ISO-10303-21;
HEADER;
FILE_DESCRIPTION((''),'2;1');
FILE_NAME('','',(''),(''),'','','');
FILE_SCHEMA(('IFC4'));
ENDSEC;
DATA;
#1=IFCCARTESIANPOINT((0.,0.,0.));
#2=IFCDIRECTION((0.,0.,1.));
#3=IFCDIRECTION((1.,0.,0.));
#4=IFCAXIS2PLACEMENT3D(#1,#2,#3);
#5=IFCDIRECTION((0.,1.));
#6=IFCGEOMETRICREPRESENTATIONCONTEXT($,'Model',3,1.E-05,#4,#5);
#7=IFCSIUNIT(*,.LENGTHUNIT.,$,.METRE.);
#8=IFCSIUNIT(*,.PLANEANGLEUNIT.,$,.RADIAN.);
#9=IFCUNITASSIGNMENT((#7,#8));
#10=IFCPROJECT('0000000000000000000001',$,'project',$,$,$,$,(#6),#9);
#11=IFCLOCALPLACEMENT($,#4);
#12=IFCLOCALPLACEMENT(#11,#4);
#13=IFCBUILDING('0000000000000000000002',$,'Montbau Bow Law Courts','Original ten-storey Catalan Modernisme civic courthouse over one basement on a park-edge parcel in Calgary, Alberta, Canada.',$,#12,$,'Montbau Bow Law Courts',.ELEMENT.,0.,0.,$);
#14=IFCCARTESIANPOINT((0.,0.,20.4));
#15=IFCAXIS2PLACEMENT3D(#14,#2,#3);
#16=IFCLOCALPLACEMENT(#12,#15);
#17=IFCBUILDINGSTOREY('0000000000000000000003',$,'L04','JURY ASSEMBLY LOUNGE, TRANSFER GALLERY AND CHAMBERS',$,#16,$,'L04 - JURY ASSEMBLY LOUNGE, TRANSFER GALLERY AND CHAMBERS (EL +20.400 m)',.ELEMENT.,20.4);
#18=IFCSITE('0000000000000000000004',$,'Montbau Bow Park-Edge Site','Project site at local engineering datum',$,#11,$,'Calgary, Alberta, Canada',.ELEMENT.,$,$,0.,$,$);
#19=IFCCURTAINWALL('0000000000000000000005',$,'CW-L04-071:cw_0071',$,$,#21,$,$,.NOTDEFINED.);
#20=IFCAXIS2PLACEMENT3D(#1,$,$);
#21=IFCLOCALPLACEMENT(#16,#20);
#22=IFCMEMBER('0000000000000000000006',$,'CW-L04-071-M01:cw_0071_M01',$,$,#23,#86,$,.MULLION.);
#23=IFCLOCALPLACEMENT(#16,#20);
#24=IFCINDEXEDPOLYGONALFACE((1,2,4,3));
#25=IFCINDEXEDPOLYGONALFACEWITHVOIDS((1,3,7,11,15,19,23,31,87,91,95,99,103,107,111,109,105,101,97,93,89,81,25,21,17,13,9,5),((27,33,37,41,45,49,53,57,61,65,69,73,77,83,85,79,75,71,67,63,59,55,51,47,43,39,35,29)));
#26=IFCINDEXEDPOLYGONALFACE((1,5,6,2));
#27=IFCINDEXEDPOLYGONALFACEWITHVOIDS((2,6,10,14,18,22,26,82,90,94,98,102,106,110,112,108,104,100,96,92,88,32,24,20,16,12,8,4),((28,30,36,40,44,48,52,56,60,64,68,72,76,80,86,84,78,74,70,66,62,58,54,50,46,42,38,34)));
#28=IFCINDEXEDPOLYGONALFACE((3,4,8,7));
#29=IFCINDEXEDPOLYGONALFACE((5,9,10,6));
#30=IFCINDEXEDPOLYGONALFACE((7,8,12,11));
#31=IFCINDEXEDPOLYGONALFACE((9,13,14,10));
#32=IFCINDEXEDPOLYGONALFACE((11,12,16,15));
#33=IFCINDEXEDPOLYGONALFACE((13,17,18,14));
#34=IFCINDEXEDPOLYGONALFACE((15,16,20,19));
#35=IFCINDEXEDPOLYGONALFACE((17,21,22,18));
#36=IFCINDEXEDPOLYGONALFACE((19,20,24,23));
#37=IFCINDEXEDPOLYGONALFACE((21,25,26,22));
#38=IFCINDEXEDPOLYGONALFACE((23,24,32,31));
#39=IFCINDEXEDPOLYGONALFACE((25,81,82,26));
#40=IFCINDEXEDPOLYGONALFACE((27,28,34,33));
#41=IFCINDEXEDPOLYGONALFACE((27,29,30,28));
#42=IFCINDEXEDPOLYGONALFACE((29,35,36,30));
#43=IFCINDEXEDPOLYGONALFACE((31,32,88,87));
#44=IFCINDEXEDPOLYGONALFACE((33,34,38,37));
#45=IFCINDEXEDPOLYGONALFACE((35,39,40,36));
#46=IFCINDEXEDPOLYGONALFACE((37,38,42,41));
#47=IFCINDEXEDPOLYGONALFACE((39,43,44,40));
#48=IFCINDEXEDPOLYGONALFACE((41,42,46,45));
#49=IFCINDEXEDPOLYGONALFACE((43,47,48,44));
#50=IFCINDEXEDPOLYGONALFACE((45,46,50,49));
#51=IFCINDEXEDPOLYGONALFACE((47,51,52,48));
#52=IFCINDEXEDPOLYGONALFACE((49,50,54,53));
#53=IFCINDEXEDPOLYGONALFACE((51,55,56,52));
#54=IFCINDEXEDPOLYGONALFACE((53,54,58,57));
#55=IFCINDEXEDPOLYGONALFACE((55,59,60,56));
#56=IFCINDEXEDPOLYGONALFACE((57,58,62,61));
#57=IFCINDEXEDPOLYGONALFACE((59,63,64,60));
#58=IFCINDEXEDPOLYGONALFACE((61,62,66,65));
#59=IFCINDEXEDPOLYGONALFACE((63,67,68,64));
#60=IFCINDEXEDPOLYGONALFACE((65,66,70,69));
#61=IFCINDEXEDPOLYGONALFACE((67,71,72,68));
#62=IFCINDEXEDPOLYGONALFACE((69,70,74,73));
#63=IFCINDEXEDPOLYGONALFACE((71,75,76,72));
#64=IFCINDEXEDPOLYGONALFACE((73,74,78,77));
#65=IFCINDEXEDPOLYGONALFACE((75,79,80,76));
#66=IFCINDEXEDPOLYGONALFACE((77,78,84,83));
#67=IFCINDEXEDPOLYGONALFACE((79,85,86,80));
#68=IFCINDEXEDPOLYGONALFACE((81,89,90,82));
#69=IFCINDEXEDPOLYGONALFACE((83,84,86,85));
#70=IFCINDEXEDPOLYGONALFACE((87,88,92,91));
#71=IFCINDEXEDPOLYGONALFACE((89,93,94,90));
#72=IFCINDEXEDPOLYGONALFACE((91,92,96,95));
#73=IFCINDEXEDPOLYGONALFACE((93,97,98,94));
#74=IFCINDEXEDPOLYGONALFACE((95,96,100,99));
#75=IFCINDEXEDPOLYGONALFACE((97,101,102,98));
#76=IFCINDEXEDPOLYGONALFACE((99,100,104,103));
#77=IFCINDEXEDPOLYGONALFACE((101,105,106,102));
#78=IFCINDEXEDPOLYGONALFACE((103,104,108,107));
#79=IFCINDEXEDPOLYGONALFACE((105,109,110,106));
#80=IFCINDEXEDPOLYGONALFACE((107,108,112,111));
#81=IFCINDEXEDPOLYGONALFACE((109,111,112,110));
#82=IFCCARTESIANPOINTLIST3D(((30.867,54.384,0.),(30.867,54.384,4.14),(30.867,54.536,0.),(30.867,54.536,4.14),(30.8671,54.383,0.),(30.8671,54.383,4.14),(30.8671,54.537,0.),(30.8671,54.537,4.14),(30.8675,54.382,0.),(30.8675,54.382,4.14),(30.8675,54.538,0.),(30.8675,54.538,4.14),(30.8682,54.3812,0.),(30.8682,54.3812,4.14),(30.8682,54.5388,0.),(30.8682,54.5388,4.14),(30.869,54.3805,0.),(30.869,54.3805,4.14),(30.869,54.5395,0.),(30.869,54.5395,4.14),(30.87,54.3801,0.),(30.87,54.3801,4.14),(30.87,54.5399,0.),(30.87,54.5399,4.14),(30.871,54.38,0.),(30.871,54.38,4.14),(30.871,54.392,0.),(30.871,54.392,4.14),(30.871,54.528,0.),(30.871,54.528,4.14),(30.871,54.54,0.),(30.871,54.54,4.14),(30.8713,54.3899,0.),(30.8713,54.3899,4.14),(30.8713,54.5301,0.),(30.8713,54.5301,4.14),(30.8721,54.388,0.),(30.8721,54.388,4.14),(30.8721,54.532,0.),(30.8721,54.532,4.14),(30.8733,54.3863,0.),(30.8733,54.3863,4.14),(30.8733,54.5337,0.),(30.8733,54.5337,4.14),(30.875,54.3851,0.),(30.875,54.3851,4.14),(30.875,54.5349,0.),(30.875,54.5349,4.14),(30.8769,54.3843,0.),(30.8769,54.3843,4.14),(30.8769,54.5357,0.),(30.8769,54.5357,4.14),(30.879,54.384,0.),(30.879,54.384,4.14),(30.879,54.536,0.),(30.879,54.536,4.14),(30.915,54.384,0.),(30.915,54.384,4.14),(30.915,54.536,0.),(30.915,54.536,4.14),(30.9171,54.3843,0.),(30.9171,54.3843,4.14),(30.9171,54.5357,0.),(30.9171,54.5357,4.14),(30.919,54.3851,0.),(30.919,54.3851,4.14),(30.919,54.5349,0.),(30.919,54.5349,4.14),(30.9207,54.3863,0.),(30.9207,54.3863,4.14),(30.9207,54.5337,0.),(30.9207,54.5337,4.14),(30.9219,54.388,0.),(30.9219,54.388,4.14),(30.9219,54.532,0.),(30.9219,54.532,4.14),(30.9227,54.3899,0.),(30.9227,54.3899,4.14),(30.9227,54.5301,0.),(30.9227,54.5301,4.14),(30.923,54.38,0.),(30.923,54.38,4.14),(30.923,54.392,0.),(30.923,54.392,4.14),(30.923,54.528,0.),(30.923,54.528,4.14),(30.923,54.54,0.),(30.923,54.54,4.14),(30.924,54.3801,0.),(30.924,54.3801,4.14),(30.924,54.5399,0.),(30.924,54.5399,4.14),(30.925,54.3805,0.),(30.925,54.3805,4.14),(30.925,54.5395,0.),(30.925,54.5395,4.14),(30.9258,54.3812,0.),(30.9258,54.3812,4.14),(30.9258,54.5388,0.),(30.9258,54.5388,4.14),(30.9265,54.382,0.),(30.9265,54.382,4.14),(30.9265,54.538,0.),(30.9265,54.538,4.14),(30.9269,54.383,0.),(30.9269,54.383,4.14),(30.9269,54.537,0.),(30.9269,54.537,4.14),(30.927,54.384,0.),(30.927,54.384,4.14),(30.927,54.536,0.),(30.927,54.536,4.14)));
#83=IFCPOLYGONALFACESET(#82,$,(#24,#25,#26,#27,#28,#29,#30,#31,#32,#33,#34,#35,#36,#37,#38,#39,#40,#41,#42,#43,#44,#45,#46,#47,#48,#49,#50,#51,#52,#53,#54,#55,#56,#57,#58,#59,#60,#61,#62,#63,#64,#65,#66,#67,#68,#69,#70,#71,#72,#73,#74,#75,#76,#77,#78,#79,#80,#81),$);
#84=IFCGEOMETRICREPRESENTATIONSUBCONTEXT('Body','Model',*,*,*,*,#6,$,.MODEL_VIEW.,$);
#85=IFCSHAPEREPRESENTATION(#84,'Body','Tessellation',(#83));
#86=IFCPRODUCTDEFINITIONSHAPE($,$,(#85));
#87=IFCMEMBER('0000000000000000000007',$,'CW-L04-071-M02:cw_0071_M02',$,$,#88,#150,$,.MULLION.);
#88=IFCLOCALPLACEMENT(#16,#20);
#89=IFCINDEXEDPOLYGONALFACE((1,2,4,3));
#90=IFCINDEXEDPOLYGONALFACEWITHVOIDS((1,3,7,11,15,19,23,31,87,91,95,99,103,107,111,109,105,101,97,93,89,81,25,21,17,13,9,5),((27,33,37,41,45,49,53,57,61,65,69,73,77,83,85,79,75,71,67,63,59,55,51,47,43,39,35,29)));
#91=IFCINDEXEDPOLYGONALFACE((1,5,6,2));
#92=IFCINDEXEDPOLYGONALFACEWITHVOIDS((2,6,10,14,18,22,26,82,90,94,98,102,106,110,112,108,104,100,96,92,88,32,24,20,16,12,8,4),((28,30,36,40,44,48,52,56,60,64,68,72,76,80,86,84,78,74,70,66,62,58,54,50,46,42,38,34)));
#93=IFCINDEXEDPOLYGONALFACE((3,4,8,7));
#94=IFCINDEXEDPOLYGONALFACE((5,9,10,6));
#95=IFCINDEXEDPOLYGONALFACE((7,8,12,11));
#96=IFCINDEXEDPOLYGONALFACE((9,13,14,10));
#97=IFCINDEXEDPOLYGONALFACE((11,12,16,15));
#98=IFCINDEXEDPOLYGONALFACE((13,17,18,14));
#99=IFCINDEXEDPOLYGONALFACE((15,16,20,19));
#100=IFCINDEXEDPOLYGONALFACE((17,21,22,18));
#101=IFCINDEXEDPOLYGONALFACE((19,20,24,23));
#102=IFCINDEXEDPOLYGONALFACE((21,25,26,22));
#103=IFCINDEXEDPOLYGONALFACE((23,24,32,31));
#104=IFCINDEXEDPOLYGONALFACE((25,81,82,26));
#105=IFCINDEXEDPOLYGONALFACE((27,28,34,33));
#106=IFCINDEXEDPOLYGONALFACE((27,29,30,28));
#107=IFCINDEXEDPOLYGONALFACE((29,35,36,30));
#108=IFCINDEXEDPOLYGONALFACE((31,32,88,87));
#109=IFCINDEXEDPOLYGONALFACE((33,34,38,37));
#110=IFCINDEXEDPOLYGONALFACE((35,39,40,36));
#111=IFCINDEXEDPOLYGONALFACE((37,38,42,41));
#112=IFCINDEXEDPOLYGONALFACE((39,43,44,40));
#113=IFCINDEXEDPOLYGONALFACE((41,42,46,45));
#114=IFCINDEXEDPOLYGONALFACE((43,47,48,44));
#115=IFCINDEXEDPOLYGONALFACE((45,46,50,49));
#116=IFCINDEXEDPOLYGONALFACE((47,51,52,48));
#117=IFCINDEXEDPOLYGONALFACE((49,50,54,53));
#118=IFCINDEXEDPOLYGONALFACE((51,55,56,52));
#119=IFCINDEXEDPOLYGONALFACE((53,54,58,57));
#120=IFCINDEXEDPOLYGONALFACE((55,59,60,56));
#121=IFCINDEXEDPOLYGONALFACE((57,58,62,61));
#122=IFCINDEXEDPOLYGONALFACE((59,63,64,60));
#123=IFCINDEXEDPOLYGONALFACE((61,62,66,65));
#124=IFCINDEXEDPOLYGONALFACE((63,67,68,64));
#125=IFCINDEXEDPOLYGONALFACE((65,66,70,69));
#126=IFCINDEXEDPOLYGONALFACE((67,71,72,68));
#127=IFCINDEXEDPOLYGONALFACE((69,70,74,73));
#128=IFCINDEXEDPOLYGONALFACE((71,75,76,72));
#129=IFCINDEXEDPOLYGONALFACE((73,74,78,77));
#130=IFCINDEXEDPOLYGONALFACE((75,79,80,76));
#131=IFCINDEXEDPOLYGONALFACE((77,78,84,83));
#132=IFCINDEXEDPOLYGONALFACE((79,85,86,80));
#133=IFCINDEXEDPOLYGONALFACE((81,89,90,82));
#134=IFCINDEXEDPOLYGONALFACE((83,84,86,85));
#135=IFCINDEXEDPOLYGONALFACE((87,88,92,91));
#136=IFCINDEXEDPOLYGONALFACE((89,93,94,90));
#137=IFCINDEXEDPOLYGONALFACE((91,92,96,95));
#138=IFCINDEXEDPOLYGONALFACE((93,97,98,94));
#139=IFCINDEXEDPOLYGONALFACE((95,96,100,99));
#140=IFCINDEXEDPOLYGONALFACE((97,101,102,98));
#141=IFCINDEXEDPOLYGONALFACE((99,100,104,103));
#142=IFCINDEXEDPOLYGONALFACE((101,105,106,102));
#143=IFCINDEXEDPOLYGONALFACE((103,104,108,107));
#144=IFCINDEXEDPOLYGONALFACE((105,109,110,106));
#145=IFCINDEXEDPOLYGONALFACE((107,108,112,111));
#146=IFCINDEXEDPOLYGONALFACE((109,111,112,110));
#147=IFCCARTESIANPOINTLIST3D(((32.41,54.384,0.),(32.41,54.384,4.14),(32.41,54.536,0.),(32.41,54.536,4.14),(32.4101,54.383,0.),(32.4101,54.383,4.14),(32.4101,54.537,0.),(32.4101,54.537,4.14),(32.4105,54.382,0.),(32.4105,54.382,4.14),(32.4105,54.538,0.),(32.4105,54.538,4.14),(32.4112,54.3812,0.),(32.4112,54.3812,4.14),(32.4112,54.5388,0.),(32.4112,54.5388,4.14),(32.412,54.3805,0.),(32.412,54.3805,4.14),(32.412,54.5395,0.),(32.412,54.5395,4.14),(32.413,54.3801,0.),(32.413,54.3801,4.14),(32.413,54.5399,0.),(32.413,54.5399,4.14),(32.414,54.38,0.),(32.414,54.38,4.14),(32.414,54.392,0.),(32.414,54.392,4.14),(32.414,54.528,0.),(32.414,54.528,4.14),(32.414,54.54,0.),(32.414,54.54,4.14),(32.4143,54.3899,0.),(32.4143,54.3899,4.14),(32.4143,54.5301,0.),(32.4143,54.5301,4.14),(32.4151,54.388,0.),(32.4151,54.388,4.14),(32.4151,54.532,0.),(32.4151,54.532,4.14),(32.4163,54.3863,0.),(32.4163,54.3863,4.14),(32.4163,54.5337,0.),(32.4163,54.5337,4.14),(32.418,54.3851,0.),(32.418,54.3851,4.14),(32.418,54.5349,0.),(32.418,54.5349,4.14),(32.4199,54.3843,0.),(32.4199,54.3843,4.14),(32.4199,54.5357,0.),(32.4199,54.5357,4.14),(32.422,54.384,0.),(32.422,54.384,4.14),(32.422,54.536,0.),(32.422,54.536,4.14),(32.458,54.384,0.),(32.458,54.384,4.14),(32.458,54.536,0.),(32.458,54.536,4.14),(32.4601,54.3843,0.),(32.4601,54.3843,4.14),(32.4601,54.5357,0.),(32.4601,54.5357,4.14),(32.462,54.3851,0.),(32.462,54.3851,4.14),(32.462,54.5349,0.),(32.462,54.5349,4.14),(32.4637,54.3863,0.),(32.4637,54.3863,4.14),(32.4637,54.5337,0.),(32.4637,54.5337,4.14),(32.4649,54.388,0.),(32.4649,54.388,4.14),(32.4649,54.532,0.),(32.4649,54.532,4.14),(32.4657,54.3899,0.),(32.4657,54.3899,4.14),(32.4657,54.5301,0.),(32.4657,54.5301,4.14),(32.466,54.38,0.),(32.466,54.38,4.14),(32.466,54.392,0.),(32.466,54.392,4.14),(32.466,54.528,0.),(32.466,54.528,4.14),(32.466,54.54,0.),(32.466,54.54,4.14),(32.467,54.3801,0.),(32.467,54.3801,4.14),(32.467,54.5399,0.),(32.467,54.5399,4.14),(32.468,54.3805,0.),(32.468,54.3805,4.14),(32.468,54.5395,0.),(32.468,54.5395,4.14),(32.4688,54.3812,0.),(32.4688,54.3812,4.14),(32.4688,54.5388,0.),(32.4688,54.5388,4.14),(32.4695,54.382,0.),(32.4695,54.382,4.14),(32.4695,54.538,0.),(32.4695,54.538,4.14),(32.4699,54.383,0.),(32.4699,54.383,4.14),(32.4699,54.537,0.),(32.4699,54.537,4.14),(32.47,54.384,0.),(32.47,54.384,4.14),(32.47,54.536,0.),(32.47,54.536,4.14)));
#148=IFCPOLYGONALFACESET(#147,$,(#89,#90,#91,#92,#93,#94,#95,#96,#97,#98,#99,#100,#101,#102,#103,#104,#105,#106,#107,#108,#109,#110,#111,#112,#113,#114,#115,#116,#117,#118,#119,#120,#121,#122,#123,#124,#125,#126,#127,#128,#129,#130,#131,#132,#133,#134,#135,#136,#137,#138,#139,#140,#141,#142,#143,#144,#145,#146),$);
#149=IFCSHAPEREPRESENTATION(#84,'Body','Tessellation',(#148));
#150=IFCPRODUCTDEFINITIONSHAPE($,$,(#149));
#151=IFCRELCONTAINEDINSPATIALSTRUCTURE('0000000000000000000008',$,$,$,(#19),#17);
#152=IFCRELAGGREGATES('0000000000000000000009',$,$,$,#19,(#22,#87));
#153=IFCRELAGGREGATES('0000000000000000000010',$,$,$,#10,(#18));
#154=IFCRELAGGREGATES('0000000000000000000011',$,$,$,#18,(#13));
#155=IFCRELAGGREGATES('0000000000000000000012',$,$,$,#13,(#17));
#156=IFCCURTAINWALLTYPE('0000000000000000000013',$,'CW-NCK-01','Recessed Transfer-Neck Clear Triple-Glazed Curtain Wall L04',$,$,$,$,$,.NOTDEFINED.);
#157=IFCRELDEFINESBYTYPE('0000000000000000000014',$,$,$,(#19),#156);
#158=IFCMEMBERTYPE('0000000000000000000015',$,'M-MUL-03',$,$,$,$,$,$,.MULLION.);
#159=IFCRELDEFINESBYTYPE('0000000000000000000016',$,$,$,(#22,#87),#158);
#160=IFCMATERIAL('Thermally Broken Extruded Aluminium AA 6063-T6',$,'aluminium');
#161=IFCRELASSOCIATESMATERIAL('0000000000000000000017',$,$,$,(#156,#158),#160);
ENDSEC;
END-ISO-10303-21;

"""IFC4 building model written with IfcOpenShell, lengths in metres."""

from ifc_helpers import new_model, si_unit, direction, frame, origin_with_axes, origin_2d_with_axis, place, context, subcontext, project, spatial, hollow_rectangle, extrude, material, material_profile, profile_set, type_object, element, aggregate, save


model = new_model("IFC4")

# Units and contexts
model_context = context("Model", 3, precision=1e-05, world=origin_with_axes(), true_north=direction((0.0, 1.0)))
body_context = subcontext(model_context, "Body", "Model", "MODEL_VIEW")
ifc_project = project(units=[si_unit("LENGTHUNIT", "METRE"), si_unit("PLANEANGLEUNIT", "RADIAN")], contexts=[model_context])

# Site, building, storey
site_placement = place(None, origin_with_axes())
site = spatial("IfcSite", under=ifc_project, at=site_placement, Name="Montbau Bow Park-Edge Site", Description="Project site at local engineering datum", LongName="Calgary, Alberta, Canada", CompositionType="ELEMENT", RefElevation=0.0)
building_placement = place(site_placement, origin_with_axes())
building = spatial("IfcBuilding", under=site, at=building_placement, Name="Montbau Bow Law Courts", Description="Original ten-storey Catalan Modernisme civic courthouse over one basement on a park-edge parcel in Calgary, Alberta, Canada.", LongName="Montbau Bow Law Courts", CompositionType="ELEMENT", ElevationOfRefHeight=0.0, ElevationOfTerrain=0.0)
storey_placement = place(building_placement, frame((0.0, 0.0, 20.4), z_axis=(0.0, 0.0, 1.0), x_axis=(1.0, 0.0, 0.0)))
storey = spatial("IfcBuildingStorey", under=building, at=storey_placement, Name="L04", Description="JURY ASSEMBLY LOUNGE, TRANSFER GALLERY AND CHAMBERS", LongName="L04 - JURY ASSEMBLY LOUNGE, TRANSFER GALLERY AND CHAMBERS (EL +20.400 m)", CompositionType="ELEMENT", Elevation=20.4)

# Curtain wall, members
ifc_material_1 = material(Name="Thermally Broken Extruded Aluminium AA 6063-T6", Category="aluminium")
curtain_wall_type = type_object("IfcCurtainWallType", Name="CW-NCK-01", Description="Recessed Transfer-Neck Clear Triple-Glazed Curtain Wall L04", PredefinedType="NOTDEFINED", material=ifc_material_1)
curtain_wall_placement = place(None, frame((30.867, 54.46, 20.4), z_axis=(0.0, 0.0, 1.0), x_axis=(1.0, 0.0, 0.0)))
curtain_wall = element("IfcCurtainWall", 1, at=curtain_wall_placement, inside=storey, type_object=curtain_wall_type, Name="CW-L04-071:cw_0071", PredefinedType="NOTDEFINED")
ifc_material_profile_1 = material_profile(ifc_material_1, hollow_rectangle(XDim=0.06, YDim=0.16, WallThickness=0.004, InnerFilletRadius=0.008, OuterFilletRadius=0.004, at=origin_2d_with_axis()), Name="CWM-160X60", Category="Main", Priority=0)
ifc_profile_set_1 = profile_set([ifc_material_profile_1], Name="Thermally Broken Extruded Aluminium AA 6063-T6")
member_type_1 = type_object("IfcMemberType", Name="M-MUL-03", PredefinedType="MULLION", material=ifc_profile_set_1)
member_1_placement = place(None, frame((30.897, 54.46, 20.4), z_axis=(0.0, 0.0, 1.0), x_axis=(1.0, 0.0, 0.0)))
member_1 = element("IfcMember", 2, at=member_1_placement, type_object=member_type_1, Name="CW-L04-071-M01:cw_0071_M01", PredefinedType="MULLION", context=body_context, shape_type="SweptSolid", body=[
    extrude(hollow_rectangle(XDim=0.06, YDim=0.16, WallThickness=0.004, InnerFilletRadius=0.008, OuterFilletRadius=0.004, at=origin_2d_with_axis()), origin_with_axes(), (0.0, 0.0, 1.0), 4.14),
])
member_2_placement = place(None, frame((32.44, 54.46, 20.4), z_axis=(0.0, 0.0, 1.0), x_axis=(1.0, 0.0, 0.0)))
member_2 = element("IfcMember", 3, at=member_2_placement, type_object=member_type_1, Name="CW-L04-071-M02:cw_0071_M02", PredefinedType="MULLION", context=body_context, shape_type="SweptSolid", body=[
    extrude(hollow_rectangle(XDim=0.06, YDim=0.16, WallThickness=0.004, InnerFilletRadius=0.008, OuterFilletRadius=0.004, at=origin_2d_with_axis()), origin_with_axes(), (0.0, 0.0, 1.0), 4.14),
])
aggregate(curtain_wall, [member_1, member_2])

save(model, "model.ifc")
